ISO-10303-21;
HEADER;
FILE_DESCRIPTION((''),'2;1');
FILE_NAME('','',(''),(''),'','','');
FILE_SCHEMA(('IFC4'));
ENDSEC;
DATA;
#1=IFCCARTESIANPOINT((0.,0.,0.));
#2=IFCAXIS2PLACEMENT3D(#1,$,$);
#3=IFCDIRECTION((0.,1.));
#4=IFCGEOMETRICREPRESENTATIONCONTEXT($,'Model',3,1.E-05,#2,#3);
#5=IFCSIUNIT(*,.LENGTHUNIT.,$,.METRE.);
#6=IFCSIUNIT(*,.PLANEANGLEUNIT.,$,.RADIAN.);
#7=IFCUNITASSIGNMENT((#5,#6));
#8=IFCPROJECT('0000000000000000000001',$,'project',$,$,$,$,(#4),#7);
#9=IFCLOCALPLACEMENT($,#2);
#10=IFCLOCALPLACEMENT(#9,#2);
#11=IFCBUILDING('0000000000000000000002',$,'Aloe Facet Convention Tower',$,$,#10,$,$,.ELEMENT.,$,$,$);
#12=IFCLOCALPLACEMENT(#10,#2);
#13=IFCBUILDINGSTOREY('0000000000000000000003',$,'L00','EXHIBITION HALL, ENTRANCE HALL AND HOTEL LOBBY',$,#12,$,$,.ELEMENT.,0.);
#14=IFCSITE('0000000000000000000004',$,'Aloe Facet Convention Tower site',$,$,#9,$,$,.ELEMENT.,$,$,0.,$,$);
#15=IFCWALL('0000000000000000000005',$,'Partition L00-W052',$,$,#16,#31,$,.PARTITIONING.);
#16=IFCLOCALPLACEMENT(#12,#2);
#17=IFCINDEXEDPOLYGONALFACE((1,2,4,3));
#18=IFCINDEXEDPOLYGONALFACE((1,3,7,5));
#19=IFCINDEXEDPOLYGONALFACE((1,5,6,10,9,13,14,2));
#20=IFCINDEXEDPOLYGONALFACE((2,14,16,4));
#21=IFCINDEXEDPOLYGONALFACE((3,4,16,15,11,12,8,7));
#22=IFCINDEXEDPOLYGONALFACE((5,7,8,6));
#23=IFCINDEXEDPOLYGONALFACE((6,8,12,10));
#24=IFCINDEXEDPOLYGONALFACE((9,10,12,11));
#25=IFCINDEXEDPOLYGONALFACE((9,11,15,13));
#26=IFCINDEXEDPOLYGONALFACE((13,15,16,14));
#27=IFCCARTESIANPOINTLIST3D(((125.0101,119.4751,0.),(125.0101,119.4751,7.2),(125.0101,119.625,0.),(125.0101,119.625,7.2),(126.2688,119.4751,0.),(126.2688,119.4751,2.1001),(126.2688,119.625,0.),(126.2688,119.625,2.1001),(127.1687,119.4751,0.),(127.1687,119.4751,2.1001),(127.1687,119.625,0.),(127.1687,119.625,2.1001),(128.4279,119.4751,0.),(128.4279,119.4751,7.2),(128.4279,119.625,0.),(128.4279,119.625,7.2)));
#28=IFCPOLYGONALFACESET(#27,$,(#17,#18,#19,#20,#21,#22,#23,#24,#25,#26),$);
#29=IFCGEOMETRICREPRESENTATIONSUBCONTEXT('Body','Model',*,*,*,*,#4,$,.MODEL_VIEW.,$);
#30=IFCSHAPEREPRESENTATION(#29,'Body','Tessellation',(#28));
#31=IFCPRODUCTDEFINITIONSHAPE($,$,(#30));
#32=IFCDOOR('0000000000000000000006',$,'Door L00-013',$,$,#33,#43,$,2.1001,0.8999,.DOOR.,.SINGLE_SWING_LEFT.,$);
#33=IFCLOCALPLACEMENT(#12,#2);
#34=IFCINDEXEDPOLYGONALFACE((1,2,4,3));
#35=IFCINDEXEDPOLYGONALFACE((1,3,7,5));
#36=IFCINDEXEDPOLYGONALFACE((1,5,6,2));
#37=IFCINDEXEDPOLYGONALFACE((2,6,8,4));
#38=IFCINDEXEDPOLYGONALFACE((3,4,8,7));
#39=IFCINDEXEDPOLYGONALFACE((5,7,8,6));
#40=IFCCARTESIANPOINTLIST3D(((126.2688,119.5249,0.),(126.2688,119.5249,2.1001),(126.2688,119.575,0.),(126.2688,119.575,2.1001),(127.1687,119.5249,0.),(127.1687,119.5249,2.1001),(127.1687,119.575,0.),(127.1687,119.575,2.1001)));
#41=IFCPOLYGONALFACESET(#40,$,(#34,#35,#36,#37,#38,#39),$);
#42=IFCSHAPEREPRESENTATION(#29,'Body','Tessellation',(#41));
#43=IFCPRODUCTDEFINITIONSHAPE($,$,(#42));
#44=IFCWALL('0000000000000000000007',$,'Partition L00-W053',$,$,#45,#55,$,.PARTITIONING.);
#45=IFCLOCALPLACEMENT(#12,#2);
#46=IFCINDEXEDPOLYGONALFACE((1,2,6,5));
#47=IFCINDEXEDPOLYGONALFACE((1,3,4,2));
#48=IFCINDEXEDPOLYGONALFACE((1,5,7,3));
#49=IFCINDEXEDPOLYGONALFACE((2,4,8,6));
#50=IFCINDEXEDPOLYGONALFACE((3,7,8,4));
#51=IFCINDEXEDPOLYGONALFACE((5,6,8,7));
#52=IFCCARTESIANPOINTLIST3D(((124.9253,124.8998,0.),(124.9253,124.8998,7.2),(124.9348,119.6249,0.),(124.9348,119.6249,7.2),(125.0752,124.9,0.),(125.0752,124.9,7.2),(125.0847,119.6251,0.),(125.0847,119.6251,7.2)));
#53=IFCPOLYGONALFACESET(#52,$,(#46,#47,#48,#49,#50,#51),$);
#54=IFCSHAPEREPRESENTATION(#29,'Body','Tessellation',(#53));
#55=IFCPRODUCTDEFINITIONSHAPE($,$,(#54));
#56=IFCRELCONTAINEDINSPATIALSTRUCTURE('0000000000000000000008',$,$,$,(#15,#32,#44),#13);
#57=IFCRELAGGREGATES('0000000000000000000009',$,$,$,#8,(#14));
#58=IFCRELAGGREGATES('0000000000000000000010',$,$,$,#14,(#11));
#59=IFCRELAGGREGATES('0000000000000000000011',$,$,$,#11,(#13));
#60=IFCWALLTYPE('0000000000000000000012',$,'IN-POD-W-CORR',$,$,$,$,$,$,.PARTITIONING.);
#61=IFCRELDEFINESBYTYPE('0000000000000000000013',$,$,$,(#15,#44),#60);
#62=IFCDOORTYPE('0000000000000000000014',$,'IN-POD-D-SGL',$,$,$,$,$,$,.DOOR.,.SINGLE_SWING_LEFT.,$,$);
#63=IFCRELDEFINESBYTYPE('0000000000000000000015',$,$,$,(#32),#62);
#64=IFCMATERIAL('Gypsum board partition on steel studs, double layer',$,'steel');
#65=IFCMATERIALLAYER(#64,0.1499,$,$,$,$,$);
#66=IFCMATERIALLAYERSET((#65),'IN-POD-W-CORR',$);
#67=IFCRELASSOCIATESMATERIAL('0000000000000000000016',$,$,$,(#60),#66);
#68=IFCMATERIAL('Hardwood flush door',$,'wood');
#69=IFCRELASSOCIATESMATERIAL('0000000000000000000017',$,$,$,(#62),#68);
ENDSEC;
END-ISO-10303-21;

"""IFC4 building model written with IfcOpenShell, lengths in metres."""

from ifc_helpers import new_model, si_unit, direction, frame, frame_2d, origin, place, context, subcontext, project, spatial, rectangle, extrude, material, layer, layer_set, type_object, element, fill, save


model = new_model("IFC4")

# Units and contexts
model_context = context("Model", 3, precision=1e-05, world=origin(), true_north=direction((0.0, 1.0)))
body_context = subcontext(model_context, "Body", "Model", "MODEL_VIEW")
ifc_project = project(units=[si_unit("LENGTHUNIT", "METRE"), si_unit("PLANEANGLEUNIT", "RADIAN")], contexts=[model_context])

# Site, building, storey
site_placement = place(None, origin())
site = spatial("IfcSite", under=ifc_project, at=site_placement, Name="Aloe Facet Convention Tower site", CompositionType="ELEMENT", RefElevation=0.0)
building_placement = place(site_placement, origin())
building = spatial("IfcBuilding", under=site, at=building_placement, Name="Aloe Facet Convention Tower", CompositionType="ELEMENT")
storey_placement = place(building_placement, origin())
storey = spatial("IfcBuildingStorey", under=building, at=storey_placement, Name="L00", Description="EXHIBITION HALL, ENTRANCE HALL AND HOTEL LOBBY", CompositionType="ELEMENT", Elevation=0.0)

# Wall, opening, door
ifc_material_1 = material(Name="Gypsum board partition on steel studs, double layer", Category="steel")
ifc_layer_1 = layer(ifc_material_1, 0.1499)
ifc_layer_set_1 = layer_set([ifc_layer_1], Name="IN-POD-W-CORR")
wall_type_1 = type_object("IfcWallType", Name="IN-POD-W-CORR", PredefinedType="PARTITIONING", material=ifc_layer_set_1)
wall_1_placement = place(storey_placement, frame((125.01, 119.55, 0.0), z_axis=(0.0, 0.0, 1.0), x_axis=(1.0, 0.0, 0.0)))
wall_1 = element("IfcWall", 1, at=wall_1_placement, inside=storey, type_object=wall_type_1, Name="Partition L00-W052", PredefinedType="PARTITIONING", context=body_context, shape_type="SweptSolid", body=[
    extrude(rectangle(XDim=3.4177, YDim=0.1499, at=frame_2d((1.709, 0.0))), origin(), (0.0, 0.0, 1.0), 7.2),
])
opening_1_placement = place(wall_1_placement, frame((1.2588, 0.0, 0.0)))
opening_1 = element("IfcOpeningElement", 2, at=opening_1_placement, cuts=wall_1, PredefinedType="OPENING", context=body_context, shape_type="SweptSolid", body=[
    extrude(rectangle(XDim=0.8999, YDim=2.1001, at=frame_2d((0.45, 1.05))), frame((0.0, 0.085, 0.0), z_axis=(0.0, -1.0, 0.0), x_axis=(1.0, 0.0, 0.0)), (0.0, 0.0, 1.0), 0.1699),
])
ifc_material_2 = material(Name="Hardwood flush door", Category="wood")
door_type_1 = type_object("IfcDoorType", Name="IN-POD-D-SGL", OperationType="SINGLE_SWING_LEFT", PredefinedType="DOOR", material=ifc_material_2)
door_1_placement = place(opening_1_placement, origin())
door_1 = element("IfcDoor", 3, at=door_1_placement, inside=storey, type_object=door_type_1, Name="Door L00-013", OperationType="SINGLE_SWING_LEFT", OverallHeight=2.1001, OverallWidth=0.8999, PredefinedType="DOOR", context=body_context, shape_type="SweptSolid", body=[
    extrude(rectangle(XDim=0.8999, YDim=2.1001, at=frame_2d((0.45, 1.05))), frame((0.0, 0.0249, 0.0), z_axis=(0.0, -1.0, 0.0), x_axis=(1.0, 0.0, 0.0)), (0.0, 0.0, 1.0), 0.05),
])
fill(opening_1, door_1)

# Wall
wall_2_placement = place(storey_placement, frame((125.0098, 119.625, 0.0), z_axis=(0.0, 0.0, 1.0), x_axis=(-0.001805, 0.999998, 0.0)))
element("IfcWall", 4, at=wall_2_placement, inside=storey, type_object=wall_type_1, Name="Partition L00-W053", PredefinedType="PARTITIONING", context=body_context, shape_type="SweptSolid", body=[
    extrude(rectangle(XDim=5.2749, YDim=0.1499, at=frame_2d((2.6375, 0.0))), origin(), (0.0, 0.0, 1.0), 7.2),
])

save(model, "model.ifc")
